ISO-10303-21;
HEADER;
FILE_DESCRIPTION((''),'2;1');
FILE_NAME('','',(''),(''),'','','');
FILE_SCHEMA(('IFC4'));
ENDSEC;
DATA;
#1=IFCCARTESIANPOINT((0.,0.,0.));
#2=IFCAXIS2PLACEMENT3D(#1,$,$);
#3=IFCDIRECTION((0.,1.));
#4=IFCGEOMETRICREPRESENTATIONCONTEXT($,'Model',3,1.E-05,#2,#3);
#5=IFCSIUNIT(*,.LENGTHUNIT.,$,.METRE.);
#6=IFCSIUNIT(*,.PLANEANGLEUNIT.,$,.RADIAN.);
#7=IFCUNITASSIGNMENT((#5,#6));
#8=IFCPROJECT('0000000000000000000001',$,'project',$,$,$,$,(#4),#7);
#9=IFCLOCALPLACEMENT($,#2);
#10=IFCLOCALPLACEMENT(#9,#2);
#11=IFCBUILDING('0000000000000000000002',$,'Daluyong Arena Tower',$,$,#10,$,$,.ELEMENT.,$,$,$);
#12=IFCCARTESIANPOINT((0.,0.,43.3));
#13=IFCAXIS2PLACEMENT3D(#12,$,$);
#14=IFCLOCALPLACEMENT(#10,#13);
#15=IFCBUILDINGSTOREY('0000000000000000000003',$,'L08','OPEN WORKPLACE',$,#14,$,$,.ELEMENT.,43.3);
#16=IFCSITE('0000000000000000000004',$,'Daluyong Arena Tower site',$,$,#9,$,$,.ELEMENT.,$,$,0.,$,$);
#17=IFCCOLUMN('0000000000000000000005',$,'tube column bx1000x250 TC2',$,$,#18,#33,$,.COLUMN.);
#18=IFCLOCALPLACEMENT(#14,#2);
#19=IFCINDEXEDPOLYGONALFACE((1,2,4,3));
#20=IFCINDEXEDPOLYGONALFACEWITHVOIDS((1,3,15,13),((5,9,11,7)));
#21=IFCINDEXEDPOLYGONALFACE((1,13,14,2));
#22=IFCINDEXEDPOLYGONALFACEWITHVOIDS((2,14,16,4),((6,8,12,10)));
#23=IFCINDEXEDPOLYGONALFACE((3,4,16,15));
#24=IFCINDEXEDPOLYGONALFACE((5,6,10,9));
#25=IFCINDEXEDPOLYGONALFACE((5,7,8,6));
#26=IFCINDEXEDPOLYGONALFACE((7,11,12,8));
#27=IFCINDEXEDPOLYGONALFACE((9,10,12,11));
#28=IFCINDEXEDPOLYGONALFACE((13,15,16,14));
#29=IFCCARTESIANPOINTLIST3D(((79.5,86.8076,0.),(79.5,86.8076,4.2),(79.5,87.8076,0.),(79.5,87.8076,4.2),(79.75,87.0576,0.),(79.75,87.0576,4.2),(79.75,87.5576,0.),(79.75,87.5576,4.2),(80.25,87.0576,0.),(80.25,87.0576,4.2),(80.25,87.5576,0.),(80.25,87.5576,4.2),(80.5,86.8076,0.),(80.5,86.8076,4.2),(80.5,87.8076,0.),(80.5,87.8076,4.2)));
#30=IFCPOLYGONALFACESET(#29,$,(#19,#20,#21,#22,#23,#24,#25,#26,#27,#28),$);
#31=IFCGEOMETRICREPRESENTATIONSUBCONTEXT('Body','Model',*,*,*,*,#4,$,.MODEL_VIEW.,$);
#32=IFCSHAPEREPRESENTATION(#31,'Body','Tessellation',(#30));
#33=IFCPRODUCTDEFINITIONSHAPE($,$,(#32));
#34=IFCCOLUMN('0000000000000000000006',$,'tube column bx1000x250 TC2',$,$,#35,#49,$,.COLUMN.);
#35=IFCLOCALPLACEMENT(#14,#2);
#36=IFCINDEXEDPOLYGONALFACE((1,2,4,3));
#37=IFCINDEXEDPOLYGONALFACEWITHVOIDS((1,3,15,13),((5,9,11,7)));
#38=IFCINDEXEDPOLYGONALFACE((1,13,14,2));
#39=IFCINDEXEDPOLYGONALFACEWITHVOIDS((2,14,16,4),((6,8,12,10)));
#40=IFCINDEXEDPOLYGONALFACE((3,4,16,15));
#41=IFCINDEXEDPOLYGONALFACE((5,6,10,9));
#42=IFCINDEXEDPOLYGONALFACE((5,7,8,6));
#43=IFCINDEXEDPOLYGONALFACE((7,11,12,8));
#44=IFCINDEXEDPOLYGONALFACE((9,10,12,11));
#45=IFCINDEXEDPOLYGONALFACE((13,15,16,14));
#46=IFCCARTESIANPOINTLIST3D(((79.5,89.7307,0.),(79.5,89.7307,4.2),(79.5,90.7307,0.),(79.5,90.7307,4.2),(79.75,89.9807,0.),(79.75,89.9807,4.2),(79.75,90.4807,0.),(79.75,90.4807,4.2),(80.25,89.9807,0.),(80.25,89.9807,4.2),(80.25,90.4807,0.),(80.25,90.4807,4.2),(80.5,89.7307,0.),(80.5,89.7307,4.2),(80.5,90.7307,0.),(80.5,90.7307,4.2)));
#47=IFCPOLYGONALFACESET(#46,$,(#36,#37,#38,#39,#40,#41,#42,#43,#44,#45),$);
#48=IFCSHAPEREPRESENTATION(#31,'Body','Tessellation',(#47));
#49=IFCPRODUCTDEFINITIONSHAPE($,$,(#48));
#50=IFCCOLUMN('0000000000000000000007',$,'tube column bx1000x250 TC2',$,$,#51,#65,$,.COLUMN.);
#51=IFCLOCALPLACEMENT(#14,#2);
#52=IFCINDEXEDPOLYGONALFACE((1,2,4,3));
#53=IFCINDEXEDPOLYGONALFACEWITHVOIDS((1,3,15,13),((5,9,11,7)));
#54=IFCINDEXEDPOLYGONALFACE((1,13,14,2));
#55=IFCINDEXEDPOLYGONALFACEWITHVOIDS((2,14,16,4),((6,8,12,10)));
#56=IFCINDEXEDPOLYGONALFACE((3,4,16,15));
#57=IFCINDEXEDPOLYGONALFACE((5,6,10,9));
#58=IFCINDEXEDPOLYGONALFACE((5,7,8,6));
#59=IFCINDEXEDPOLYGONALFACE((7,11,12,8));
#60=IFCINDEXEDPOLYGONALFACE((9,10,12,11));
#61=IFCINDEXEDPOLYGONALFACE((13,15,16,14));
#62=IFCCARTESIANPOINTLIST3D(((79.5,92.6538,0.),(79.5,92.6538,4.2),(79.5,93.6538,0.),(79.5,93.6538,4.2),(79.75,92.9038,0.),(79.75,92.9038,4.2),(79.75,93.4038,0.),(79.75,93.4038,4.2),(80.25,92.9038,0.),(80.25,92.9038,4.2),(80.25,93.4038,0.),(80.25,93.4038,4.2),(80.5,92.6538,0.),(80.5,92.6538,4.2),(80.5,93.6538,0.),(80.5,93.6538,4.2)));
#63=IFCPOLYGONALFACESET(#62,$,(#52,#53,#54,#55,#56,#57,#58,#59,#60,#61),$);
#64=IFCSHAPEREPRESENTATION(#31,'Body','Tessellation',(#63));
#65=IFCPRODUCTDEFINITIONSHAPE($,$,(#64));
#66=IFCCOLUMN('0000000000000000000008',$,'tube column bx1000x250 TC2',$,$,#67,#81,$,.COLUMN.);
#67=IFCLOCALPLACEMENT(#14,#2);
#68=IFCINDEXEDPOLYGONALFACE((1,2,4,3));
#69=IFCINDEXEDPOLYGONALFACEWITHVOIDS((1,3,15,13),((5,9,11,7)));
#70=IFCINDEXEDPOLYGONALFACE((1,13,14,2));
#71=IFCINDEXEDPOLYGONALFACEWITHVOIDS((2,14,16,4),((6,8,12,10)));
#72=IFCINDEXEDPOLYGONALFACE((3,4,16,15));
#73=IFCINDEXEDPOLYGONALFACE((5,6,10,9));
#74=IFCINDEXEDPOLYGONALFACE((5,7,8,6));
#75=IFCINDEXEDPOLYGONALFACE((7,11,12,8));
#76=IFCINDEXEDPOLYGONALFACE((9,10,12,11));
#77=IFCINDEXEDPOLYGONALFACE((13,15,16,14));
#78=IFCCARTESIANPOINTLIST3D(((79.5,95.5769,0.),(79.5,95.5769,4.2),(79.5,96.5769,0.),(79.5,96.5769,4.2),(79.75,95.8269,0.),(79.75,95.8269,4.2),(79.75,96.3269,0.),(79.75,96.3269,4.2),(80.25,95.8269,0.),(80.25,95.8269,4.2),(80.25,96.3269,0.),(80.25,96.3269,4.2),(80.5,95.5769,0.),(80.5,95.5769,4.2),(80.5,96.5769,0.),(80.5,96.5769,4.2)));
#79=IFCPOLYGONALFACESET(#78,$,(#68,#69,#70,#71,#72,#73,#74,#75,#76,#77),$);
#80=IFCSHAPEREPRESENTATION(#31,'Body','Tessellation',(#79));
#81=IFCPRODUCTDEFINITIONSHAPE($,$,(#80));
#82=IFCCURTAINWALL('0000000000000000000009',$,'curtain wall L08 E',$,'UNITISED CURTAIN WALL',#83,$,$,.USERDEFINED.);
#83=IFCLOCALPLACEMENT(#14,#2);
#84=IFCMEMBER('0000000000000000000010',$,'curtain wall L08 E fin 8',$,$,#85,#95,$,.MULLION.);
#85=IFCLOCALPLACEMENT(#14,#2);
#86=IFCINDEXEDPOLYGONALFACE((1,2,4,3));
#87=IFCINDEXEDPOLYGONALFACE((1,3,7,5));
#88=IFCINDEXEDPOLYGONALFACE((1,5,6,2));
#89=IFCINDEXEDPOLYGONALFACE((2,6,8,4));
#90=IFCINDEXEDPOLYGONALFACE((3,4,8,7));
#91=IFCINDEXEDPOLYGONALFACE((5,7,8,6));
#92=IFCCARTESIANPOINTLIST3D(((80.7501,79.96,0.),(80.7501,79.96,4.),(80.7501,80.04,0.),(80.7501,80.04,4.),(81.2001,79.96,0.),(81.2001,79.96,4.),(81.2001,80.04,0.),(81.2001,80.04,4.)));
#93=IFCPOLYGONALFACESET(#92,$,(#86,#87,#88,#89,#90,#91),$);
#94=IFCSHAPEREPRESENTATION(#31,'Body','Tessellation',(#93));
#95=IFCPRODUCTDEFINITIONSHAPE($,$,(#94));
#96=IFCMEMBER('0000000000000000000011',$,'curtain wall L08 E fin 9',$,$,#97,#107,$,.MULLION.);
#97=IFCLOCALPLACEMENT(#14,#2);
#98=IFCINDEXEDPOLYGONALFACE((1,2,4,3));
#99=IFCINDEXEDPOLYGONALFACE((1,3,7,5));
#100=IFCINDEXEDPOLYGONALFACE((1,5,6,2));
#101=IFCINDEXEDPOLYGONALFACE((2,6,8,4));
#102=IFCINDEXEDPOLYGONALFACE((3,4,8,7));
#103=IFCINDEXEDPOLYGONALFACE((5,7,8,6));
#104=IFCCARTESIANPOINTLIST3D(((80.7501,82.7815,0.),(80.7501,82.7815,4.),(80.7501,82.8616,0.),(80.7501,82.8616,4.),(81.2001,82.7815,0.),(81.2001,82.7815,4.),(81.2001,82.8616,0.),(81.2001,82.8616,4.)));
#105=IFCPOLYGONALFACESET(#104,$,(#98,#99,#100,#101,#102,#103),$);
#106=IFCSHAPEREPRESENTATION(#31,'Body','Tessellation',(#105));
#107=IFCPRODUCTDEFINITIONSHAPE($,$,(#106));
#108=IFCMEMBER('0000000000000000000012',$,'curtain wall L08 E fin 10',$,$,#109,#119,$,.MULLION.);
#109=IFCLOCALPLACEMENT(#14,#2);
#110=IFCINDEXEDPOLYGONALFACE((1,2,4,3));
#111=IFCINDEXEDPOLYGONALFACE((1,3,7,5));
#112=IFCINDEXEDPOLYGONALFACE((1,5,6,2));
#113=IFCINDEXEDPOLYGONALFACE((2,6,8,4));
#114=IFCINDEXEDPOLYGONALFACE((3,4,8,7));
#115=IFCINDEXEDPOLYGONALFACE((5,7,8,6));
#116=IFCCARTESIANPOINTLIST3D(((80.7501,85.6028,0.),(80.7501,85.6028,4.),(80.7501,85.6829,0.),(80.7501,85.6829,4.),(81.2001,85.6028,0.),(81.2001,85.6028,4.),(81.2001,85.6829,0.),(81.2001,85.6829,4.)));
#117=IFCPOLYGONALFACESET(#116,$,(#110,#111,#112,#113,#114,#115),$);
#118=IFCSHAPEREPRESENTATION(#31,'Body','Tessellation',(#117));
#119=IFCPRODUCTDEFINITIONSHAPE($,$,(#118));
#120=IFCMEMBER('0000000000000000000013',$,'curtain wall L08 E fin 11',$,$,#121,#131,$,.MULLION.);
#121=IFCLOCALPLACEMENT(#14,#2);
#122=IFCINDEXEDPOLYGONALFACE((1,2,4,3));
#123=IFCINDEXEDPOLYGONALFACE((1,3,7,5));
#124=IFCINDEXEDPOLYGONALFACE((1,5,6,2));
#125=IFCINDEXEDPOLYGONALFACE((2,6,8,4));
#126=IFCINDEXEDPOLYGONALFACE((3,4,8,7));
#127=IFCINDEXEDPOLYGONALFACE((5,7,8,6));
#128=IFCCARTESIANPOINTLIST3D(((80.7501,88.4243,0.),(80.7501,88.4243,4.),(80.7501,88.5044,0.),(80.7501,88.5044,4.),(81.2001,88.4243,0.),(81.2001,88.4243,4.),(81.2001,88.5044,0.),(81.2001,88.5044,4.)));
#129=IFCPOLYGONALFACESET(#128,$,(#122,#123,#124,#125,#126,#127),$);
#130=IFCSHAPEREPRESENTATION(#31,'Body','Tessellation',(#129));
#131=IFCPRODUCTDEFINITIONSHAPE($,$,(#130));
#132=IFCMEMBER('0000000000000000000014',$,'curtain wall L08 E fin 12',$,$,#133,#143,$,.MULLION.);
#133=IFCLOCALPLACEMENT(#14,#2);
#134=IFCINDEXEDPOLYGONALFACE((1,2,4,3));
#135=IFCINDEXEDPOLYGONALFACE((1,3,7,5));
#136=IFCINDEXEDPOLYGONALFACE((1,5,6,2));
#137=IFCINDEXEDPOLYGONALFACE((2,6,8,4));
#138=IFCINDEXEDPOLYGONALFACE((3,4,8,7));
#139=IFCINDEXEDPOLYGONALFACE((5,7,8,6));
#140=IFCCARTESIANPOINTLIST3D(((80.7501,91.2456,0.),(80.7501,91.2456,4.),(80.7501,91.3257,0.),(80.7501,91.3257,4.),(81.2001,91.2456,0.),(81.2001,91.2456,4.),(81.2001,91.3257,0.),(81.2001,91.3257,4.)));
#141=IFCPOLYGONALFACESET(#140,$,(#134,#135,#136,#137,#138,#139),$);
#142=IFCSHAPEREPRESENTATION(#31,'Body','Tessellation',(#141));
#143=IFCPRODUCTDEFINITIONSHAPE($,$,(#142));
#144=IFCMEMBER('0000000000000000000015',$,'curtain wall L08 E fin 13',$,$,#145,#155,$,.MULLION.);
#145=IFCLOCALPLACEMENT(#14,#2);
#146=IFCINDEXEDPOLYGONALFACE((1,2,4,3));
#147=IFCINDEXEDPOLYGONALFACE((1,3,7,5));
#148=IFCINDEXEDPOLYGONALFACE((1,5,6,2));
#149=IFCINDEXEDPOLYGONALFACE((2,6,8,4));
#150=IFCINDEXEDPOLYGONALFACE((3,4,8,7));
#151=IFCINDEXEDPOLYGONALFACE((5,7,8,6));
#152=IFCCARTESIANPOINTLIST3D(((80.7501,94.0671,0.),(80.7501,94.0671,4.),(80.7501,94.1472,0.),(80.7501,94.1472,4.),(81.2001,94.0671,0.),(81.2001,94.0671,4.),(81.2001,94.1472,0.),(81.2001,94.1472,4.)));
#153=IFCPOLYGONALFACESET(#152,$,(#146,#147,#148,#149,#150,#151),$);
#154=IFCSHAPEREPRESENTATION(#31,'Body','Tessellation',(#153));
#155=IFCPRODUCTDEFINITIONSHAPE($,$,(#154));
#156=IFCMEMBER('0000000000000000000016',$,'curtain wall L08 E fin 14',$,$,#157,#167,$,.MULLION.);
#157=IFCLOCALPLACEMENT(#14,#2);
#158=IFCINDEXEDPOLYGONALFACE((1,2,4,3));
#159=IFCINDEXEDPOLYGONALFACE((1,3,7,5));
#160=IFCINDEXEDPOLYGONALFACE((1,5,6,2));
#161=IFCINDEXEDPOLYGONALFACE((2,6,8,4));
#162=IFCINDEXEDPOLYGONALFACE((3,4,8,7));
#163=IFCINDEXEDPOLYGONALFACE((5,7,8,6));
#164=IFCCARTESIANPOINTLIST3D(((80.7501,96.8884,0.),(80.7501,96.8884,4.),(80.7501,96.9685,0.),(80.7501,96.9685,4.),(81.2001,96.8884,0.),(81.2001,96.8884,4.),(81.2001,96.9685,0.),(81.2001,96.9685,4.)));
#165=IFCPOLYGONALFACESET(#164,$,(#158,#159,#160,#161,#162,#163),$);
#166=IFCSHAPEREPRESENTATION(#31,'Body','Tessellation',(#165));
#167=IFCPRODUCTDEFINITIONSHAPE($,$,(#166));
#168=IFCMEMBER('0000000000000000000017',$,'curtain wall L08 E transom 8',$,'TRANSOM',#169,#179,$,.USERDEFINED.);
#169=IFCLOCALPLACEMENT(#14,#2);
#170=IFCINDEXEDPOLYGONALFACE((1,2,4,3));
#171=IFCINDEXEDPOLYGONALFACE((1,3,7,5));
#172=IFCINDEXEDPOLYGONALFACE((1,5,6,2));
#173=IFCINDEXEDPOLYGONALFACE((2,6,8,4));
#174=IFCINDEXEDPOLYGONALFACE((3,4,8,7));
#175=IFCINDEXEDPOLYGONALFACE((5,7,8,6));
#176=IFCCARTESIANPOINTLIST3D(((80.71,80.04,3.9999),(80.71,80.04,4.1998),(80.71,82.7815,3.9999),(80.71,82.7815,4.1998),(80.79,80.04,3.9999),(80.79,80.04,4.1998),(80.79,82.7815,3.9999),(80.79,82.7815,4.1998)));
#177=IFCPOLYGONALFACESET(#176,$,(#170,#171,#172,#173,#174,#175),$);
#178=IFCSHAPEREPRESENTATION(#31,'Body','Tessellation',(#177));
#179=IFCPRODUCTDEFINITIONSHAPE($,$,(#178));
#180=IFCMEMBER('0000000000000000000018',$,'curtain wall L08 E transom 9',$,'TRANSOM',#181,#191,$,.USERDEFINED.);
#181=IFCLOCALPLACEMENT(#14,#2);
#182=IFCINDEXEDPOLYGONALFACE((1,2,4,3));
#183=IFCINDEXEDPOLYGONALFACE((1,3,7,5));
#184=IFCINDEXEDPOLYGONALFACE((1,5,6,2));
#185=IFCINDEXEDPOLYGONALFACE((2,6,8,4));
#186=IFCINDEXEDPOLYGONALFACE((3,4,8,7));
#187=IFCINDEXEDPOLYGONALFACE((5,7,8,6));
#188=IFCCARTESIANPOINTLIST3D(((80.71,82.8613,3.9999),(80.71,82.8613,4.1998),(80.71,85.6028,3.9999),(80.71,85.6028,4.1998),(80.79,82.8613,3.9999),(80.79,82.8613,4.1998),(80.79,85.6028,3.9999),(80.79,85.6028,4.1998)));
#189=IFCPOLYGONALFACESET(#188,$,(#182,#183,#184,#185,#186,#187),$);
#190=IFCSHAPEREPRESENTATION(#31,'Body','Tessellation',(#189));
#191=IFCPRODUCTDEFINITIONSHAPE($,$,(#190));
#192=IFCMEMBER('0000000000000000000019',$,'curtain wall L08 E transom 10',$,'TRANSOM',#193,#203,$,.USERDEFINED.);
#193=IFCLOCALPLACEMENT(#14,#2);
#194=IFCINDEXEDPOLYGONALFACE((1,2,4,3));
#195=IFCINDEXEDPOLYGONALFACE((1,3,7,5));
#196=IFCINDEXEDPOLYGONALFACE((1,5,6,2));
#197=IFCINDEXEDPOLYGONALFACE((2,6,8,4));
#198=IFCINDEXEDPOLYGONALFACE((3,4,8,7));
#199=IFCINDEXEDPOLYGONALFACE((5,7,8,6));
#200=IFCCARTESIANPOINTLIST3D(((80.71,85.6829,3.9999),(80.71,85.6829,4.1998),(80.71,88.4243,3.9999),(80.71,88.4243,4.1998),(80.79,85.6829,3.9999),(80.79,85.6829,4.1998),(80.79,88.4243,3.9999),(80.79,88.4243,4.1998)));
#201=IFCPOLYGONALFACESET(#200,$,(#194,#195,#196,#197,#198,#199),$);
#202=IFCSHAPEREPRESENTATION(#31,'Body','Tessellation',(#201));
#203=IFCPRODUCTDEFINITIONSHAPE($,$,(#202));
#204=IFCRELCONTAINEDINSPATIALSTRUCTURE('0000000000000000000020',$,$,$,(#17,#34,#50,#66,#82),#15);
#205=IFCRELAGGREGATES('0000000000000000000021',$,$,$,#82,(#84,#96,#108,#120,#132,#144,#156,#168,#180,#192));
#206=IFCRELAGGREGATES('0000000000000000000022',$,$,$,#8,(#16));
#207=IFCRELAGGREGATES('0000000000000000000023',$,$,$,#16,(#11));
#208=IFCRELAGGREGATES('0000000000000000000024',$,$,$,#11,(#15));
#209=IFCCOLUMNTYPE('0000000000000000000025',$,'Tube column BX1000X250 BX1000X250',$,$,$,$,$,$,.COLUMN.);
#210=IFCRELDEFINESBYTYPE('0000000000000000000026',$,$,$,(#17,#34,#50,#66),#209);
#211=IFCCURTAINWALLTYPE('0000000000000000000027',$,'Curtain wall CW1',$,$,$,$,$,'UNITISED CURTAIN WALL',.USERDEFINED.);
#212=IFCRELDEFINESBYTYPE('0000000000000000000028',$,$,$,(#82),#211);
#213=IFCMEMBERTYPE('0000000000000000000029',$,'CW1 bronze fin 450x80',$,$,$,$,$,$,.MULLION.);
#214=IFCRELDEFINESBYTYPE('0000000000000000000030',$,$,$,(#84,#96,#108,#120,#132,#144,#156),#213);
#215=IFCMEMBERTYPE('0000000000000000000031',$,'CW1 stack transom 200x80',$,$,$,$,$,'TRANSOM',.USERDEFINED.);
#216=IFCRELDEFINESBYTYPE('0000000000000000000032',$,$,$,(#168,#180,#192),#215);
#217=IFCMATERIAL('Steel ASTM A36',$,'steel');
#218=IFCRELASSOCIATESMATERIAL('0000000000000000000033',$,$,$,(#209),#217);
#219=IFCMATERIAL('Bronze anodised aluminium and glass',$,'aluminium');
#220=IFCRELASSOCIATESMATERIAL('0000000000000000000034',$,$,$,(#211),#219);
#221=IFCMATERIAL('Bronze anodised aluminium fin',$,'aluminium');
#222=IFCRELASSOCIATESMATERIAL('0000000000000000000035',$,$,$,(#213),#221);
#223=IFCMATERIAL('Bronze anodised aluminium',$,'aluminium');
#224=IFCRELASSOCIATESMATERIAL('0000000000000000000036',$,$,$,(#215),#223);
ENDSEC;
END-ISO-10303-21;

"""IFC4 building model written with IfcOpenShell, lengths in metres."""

from ifc_helpers import new_model, si_unit, direction, frame, origin, origin_2d, place, context, subcontext, project, spatial, rectangle, hollow_rectangle, extrude, material, material_profile, profile_set, type_object, element, aggregate, save


model = new_model("IFC4")

# Units and contexts
model_context = context("Model", 3, precision=1e-05, world=origin(), true_north=direction((0.0, 1.0)))
body_context = subcontext(model_context, "Body", "Model", "MODEL_VIEW")
ifc_project = project(units=[si_unit("LENGTHUNIT", "METRE"), si_unit("PLANEANGLEUNIT", "RADIAN")], contexts=[model_context])

# Site, building, storey
site_placement = place(None, origin())
site = spatial("IfcSite", under=ifc_project, at=site_placement, Name="Daluyong Arena Tower site", CompositionType="ELEMENT", RefElevation=0.0)
building_placement = place(site_placement, origin())
building = spatial("IfcBuilding", under=site, at=building_placement, Name="Daluyong Arena Tower", CompositionType="ELEMENT")
storey_placement = place(building_placement, frame((0.0, 0.0, 43.3)))
storey = spatial("IfcBuildingStorey", under=building, at=storey_placement, Name="L08", Description="OPEN WORKPLACE", CompositionType="ELEMENT", Elevation=43.3)

# Columns
ifc_material_1 = material(Name="Steel ASTM A36", Category="steel")
ifc_material_profile_1 = material_profile(ifc_material_1, hollow_rectangle(XDim=1.0, YDim=1.0, WallThickness=0.25, at=origin_2d()))
ifc_profile_set_1 = profile_set([ifc_material_profile_1], Name="Steel ASTM A36")
column_type = type_object("IfcColumnType", Name="Tube column BX1000X250 BX1000X250", PredefinedType="COLUMN", material=ifc_profile_set_1)
for number, where, z_axis, x_axis, name in (
    (1, (80.0, 87.3076, 0.0), (0.0, 0.0, 1.0), (0.0, 1.0, 0.0), "tube column bx1000x250 TC2"),
    (2, (80.0, 90.2307, 0.0), (0.0, 0.0, 1.0), (0.0, 1.0, 0.0), "tube column bx1000x250 TC2"),
    (3, (80.0, 93.1538, 0.0), (0.0, 0.0, 1.0), (0.0, 1.0, 0.0), "tube column bx1000x250 TC2"),
    (4, (80.0, 96.0769, 0.0), (0.0, 0.0, 1.0), (0.0, 1.0, 0.0), "tube column bx1000x250 TC2"),
):
    element("IfcColumn", number, at=place(storey_placement, frame(where, z_axis=z_axis, x_axis=x_axis)), inside=storey, type_object=column_type, Name=name, PredefinedType="COLUMN", context=body_context, shape_type="SweptSolid", body=[
        extrude(hollow_rectangle(XDim=1.0, YDim=1.0, WallThickness=0.25, at=origin_2d()), origin(), (0.0, 0.0, 1.0), 4.2),
    ])

# Curtain wall, members
ifc_material_2 = material(Name="Bronze anodised aluminium and glass", Category="aluminium")
curtain_wall_type = type_object("IfcCurtainWallType", Name="Curtain wall CW1", ElementType="UNITISED CURTAIN WALL", PredefinedType="USERDEFINED", material=ifc_material_2)
curtain_wall_placement = place(storey_placement, origin())
curtain_wall = element("IfcCurtainWall", 5, at=curtain_wall_placement, inside=storey, type_object=curtain_wall_type, Name="curtain wall L08 E", ObjectType="UNITISED CURTAIN WALL", PredefinedType="USERDEFINED")
ifc_material_3 = material(Name="Bronze anodised aluminium fin", Category="aluminium")
ifc_material_profile_2 = material_profile(ifc_material_3, rectangle(XDim=0.45, YDim=0.0801, at=origin_2d()))
ifc_profile_set_2 = profile_set([ifc_material_profile_2], Name="Bronze anodised aluminium fin")
member_type_1 = type_object("IfcMemberType", Name="CW1 bronze fin 450x80", PredefinedType="MULLION", material=ifc_profile_set_2)
member_1_placement = place(storey_placement, frame((80.9751, 80.0, 0.0), z_axis=(0.0, 0.0, 1.0), x_axis=(-1.0, 0.0, 0.0)))
member_1 = element("IfcMember", 6, at=member_1_placement, type_object=member_type_1, Name="curtain wall L08 E fin 8", PredefinedType="MULLION", context=body_context, shape_type="SweptSolid", body=[
    extrude(rectangle(XDim=0.45, YDim=0.0801, at=origin_2d()), origin(), (0.0, 0.0, 1.0), 4.0),
])
member_2_placement = place(storey_placement, frame((80.9751, 82.8215, 0.0), z_axis=(0.0, 0.0, 1.0), x_axis=(-1.0, 0.0, 0.0)))
member_2 = element("IfcMember", 7, at=member_2_placement, type_object=member_type_1, Name="curtain wall L08 E fin 9", PredefinedType="MULLION", context=body_context, shape_type="SweptSolid", body=[
    extrude(rectangle(XDim=0.45, YDim=0.0801, at=origin_2d()), origin(), (0.0, 0.0, 1.0), 4.0),
])
member_3_placement = place(storey_placement, frame((80.9751, 85.6428, 0.0), z_axis=(0.0, 0.0, 1.0), x_axis=(-1.0, 0.0, 0.0)))
member_3 = element("IfcMember", 8, at=member_3_placement, type_object=member_type_1, Name="curtain wall L08 E fin 10", PredefinedType="MULLION", context=body_context, shape_type="SweptSolid", body=[
    extrude(rectangle(XDim=0.45, YDim=0.0801, at=origin_2d()), origin(), (0.0, 0.0, 1.0), 4.0),
])
member_4_placement = place(storey_placement, frame((80.9751, 88.4644, 0.0), z_axis=(0.0, 0.0, 1.0), x_axis=(-1.0, 0.0, 0.0)))
member_4 = element("IfcMember", 9, at=member_4_placement, type_object=member_type_1, Name="curtain wall L08 E fin 11", PredefinedType="MULLION", context=body_context, shape_type="SweptSolid", body=[
    extrude(rectangle(XDim=0.45, YDim=0.0801, at=origin_2d()), origin(), (0.0, 0.0, 1.0), 4.0),
])
member_5_placement = place(storey_placement, frame((80.9751, 91.2856, 0.0), z_axis=(0.0, 0.0, 1.0), x_axis=(-1.0, 0.0, 0.0)))
member_5 = element("IfcMember", 10, at=member_5_placement, type_object=member_type_1, Name="curtain wall L08 E fin 12", PredefinedType="MULLION", context=body_context, shape_type="SweptSolid", body=[
    extrude(rectangle(XDim=0.45, YDim=0.0801, at=origin_2d()), origin(), (0.0, 0.0, 1.0), 4.0),
])
member_6_placement = place(storey_placement, frame((80.9751, 94.1072, 0.0), z_axis=(0.0, 0.0, 1.0), x_axis=(-1.0, 0.0, 0.0)))
member_6 = element("IfcMember", 11, at=member_6_placement, type_object=member_type_1, Name="curtain wall L08 E fin 13", PredefinedType="MULLION", context=body_context, shape_type="SweptSolid", body=[
    extrude(rectangle(XDim=0.45, YDim=0.0801, at=origin_2d()), origin(), (0.0, 0.0, 1.0), 4.0),
])
member_7_placement = place(storey_placement, frame((80.9751, 96.9285, 0.0), z_axis=(0.0, 0.0, 1.0), x_axis=(-1.0, 0.0, 0.0)))
member_7 = element("IfcMember", 12, at=member_7_placement, type_object=member_type_1, Name="curtain wall L08 E fin 14", PredefinedType="MULLION", context=body_context, shape_type="SweptSolid", body=[
    extrude(rectangle(XDim=0.45, YDim=0.0801, at=origin_2d()), origin(), (0.0, 0.0, 1.0), 4.0),
])
ifc_material_4 = material(Name="Bronze anodised aluminium", Category="aluminium")
ifc_material_profile_3 = material_profile(ifc_material_4, rectangle(XDim=0.0801, YDim=0.2, at=origin_2d()))
ifc_profile_set_3 = profile_set([ifc_material_profile_3], Name="Bronze anodised aluminium")
member_type_2 = type_object("IfcMemberType", Name="CW1 stack transom 200x80", ElementType="TRANSOM", PredefinedType="USERDEFINED", material=ifc_profile_set_3)
member_8_placement = place(storey_placement, frame((80.75, 80.04, 4.0999), z_axis=(0.0, 1.0, 0.0), x_axis=(-1.0, 0.0, 0.0)))
member_8 = element("IfcMember", 13, at=member_8_placement, type_object=member_type_2, Name="curtain wall L08 E transom 8", ObjectType="TRANSOM", PredefinedType="USERDEFINED", context=body_context, shape_type="SweptSolid", body=[
    extrude(rectangle(XDim=0.0801, YDim=0.2, at=origin_2d()), origin(), (0.0, 0.0, 1.0), 2.7415),
])
member_9_placement = place(storey_placement, frame((80.75, 82.8613, 4.0999), z_axis=(0.0, 1.0, 0.0), x_axis=(-1.0, 0.0, 0.0)))
member_9 = element("IfcMember", 14, at=member_9_placement, type_object=member_type_2, Name="curtain wall L08 E transom 9", ObjectType="TRANSOM", PredefinedType="USERDEFINED", context=body_context, shape_type="SweptSolid", body=[
    extrude(rectangle(XDim=0.0801, YDim=0.2, at=origin_2d()), origin(), (0.0, 0.0, 1.0), 2.7415),
])
member_10_placement = place(storey_placement, frame((80.75, 85.6829, 4.0999), z_axis=(0.0, 1.0, 0.0), x_axis=(-1.0, 0.0, 0.0)))
member_10 = element("IfcMember", 15, at=member_10_placement, type_object=member_type_2, Name="curtain wall L08 E transom 10", ObjectType="TRANSOM", PredefinedType="USERDEFINED", context=body_context, shape_type="SweptSolid", body=[
    extrude(rectangle(XDim=0.0801, YDim=0.2, at=origin_2d()), origin(), (0.0, 0.0, 1.0), 2.7415),
])

aggregate(curtain_wall, [member_1, member_2, member_3, member_4, member_5, member_6, member_7, member_8, member_9, member_10])

save(model, "model.ifc")
